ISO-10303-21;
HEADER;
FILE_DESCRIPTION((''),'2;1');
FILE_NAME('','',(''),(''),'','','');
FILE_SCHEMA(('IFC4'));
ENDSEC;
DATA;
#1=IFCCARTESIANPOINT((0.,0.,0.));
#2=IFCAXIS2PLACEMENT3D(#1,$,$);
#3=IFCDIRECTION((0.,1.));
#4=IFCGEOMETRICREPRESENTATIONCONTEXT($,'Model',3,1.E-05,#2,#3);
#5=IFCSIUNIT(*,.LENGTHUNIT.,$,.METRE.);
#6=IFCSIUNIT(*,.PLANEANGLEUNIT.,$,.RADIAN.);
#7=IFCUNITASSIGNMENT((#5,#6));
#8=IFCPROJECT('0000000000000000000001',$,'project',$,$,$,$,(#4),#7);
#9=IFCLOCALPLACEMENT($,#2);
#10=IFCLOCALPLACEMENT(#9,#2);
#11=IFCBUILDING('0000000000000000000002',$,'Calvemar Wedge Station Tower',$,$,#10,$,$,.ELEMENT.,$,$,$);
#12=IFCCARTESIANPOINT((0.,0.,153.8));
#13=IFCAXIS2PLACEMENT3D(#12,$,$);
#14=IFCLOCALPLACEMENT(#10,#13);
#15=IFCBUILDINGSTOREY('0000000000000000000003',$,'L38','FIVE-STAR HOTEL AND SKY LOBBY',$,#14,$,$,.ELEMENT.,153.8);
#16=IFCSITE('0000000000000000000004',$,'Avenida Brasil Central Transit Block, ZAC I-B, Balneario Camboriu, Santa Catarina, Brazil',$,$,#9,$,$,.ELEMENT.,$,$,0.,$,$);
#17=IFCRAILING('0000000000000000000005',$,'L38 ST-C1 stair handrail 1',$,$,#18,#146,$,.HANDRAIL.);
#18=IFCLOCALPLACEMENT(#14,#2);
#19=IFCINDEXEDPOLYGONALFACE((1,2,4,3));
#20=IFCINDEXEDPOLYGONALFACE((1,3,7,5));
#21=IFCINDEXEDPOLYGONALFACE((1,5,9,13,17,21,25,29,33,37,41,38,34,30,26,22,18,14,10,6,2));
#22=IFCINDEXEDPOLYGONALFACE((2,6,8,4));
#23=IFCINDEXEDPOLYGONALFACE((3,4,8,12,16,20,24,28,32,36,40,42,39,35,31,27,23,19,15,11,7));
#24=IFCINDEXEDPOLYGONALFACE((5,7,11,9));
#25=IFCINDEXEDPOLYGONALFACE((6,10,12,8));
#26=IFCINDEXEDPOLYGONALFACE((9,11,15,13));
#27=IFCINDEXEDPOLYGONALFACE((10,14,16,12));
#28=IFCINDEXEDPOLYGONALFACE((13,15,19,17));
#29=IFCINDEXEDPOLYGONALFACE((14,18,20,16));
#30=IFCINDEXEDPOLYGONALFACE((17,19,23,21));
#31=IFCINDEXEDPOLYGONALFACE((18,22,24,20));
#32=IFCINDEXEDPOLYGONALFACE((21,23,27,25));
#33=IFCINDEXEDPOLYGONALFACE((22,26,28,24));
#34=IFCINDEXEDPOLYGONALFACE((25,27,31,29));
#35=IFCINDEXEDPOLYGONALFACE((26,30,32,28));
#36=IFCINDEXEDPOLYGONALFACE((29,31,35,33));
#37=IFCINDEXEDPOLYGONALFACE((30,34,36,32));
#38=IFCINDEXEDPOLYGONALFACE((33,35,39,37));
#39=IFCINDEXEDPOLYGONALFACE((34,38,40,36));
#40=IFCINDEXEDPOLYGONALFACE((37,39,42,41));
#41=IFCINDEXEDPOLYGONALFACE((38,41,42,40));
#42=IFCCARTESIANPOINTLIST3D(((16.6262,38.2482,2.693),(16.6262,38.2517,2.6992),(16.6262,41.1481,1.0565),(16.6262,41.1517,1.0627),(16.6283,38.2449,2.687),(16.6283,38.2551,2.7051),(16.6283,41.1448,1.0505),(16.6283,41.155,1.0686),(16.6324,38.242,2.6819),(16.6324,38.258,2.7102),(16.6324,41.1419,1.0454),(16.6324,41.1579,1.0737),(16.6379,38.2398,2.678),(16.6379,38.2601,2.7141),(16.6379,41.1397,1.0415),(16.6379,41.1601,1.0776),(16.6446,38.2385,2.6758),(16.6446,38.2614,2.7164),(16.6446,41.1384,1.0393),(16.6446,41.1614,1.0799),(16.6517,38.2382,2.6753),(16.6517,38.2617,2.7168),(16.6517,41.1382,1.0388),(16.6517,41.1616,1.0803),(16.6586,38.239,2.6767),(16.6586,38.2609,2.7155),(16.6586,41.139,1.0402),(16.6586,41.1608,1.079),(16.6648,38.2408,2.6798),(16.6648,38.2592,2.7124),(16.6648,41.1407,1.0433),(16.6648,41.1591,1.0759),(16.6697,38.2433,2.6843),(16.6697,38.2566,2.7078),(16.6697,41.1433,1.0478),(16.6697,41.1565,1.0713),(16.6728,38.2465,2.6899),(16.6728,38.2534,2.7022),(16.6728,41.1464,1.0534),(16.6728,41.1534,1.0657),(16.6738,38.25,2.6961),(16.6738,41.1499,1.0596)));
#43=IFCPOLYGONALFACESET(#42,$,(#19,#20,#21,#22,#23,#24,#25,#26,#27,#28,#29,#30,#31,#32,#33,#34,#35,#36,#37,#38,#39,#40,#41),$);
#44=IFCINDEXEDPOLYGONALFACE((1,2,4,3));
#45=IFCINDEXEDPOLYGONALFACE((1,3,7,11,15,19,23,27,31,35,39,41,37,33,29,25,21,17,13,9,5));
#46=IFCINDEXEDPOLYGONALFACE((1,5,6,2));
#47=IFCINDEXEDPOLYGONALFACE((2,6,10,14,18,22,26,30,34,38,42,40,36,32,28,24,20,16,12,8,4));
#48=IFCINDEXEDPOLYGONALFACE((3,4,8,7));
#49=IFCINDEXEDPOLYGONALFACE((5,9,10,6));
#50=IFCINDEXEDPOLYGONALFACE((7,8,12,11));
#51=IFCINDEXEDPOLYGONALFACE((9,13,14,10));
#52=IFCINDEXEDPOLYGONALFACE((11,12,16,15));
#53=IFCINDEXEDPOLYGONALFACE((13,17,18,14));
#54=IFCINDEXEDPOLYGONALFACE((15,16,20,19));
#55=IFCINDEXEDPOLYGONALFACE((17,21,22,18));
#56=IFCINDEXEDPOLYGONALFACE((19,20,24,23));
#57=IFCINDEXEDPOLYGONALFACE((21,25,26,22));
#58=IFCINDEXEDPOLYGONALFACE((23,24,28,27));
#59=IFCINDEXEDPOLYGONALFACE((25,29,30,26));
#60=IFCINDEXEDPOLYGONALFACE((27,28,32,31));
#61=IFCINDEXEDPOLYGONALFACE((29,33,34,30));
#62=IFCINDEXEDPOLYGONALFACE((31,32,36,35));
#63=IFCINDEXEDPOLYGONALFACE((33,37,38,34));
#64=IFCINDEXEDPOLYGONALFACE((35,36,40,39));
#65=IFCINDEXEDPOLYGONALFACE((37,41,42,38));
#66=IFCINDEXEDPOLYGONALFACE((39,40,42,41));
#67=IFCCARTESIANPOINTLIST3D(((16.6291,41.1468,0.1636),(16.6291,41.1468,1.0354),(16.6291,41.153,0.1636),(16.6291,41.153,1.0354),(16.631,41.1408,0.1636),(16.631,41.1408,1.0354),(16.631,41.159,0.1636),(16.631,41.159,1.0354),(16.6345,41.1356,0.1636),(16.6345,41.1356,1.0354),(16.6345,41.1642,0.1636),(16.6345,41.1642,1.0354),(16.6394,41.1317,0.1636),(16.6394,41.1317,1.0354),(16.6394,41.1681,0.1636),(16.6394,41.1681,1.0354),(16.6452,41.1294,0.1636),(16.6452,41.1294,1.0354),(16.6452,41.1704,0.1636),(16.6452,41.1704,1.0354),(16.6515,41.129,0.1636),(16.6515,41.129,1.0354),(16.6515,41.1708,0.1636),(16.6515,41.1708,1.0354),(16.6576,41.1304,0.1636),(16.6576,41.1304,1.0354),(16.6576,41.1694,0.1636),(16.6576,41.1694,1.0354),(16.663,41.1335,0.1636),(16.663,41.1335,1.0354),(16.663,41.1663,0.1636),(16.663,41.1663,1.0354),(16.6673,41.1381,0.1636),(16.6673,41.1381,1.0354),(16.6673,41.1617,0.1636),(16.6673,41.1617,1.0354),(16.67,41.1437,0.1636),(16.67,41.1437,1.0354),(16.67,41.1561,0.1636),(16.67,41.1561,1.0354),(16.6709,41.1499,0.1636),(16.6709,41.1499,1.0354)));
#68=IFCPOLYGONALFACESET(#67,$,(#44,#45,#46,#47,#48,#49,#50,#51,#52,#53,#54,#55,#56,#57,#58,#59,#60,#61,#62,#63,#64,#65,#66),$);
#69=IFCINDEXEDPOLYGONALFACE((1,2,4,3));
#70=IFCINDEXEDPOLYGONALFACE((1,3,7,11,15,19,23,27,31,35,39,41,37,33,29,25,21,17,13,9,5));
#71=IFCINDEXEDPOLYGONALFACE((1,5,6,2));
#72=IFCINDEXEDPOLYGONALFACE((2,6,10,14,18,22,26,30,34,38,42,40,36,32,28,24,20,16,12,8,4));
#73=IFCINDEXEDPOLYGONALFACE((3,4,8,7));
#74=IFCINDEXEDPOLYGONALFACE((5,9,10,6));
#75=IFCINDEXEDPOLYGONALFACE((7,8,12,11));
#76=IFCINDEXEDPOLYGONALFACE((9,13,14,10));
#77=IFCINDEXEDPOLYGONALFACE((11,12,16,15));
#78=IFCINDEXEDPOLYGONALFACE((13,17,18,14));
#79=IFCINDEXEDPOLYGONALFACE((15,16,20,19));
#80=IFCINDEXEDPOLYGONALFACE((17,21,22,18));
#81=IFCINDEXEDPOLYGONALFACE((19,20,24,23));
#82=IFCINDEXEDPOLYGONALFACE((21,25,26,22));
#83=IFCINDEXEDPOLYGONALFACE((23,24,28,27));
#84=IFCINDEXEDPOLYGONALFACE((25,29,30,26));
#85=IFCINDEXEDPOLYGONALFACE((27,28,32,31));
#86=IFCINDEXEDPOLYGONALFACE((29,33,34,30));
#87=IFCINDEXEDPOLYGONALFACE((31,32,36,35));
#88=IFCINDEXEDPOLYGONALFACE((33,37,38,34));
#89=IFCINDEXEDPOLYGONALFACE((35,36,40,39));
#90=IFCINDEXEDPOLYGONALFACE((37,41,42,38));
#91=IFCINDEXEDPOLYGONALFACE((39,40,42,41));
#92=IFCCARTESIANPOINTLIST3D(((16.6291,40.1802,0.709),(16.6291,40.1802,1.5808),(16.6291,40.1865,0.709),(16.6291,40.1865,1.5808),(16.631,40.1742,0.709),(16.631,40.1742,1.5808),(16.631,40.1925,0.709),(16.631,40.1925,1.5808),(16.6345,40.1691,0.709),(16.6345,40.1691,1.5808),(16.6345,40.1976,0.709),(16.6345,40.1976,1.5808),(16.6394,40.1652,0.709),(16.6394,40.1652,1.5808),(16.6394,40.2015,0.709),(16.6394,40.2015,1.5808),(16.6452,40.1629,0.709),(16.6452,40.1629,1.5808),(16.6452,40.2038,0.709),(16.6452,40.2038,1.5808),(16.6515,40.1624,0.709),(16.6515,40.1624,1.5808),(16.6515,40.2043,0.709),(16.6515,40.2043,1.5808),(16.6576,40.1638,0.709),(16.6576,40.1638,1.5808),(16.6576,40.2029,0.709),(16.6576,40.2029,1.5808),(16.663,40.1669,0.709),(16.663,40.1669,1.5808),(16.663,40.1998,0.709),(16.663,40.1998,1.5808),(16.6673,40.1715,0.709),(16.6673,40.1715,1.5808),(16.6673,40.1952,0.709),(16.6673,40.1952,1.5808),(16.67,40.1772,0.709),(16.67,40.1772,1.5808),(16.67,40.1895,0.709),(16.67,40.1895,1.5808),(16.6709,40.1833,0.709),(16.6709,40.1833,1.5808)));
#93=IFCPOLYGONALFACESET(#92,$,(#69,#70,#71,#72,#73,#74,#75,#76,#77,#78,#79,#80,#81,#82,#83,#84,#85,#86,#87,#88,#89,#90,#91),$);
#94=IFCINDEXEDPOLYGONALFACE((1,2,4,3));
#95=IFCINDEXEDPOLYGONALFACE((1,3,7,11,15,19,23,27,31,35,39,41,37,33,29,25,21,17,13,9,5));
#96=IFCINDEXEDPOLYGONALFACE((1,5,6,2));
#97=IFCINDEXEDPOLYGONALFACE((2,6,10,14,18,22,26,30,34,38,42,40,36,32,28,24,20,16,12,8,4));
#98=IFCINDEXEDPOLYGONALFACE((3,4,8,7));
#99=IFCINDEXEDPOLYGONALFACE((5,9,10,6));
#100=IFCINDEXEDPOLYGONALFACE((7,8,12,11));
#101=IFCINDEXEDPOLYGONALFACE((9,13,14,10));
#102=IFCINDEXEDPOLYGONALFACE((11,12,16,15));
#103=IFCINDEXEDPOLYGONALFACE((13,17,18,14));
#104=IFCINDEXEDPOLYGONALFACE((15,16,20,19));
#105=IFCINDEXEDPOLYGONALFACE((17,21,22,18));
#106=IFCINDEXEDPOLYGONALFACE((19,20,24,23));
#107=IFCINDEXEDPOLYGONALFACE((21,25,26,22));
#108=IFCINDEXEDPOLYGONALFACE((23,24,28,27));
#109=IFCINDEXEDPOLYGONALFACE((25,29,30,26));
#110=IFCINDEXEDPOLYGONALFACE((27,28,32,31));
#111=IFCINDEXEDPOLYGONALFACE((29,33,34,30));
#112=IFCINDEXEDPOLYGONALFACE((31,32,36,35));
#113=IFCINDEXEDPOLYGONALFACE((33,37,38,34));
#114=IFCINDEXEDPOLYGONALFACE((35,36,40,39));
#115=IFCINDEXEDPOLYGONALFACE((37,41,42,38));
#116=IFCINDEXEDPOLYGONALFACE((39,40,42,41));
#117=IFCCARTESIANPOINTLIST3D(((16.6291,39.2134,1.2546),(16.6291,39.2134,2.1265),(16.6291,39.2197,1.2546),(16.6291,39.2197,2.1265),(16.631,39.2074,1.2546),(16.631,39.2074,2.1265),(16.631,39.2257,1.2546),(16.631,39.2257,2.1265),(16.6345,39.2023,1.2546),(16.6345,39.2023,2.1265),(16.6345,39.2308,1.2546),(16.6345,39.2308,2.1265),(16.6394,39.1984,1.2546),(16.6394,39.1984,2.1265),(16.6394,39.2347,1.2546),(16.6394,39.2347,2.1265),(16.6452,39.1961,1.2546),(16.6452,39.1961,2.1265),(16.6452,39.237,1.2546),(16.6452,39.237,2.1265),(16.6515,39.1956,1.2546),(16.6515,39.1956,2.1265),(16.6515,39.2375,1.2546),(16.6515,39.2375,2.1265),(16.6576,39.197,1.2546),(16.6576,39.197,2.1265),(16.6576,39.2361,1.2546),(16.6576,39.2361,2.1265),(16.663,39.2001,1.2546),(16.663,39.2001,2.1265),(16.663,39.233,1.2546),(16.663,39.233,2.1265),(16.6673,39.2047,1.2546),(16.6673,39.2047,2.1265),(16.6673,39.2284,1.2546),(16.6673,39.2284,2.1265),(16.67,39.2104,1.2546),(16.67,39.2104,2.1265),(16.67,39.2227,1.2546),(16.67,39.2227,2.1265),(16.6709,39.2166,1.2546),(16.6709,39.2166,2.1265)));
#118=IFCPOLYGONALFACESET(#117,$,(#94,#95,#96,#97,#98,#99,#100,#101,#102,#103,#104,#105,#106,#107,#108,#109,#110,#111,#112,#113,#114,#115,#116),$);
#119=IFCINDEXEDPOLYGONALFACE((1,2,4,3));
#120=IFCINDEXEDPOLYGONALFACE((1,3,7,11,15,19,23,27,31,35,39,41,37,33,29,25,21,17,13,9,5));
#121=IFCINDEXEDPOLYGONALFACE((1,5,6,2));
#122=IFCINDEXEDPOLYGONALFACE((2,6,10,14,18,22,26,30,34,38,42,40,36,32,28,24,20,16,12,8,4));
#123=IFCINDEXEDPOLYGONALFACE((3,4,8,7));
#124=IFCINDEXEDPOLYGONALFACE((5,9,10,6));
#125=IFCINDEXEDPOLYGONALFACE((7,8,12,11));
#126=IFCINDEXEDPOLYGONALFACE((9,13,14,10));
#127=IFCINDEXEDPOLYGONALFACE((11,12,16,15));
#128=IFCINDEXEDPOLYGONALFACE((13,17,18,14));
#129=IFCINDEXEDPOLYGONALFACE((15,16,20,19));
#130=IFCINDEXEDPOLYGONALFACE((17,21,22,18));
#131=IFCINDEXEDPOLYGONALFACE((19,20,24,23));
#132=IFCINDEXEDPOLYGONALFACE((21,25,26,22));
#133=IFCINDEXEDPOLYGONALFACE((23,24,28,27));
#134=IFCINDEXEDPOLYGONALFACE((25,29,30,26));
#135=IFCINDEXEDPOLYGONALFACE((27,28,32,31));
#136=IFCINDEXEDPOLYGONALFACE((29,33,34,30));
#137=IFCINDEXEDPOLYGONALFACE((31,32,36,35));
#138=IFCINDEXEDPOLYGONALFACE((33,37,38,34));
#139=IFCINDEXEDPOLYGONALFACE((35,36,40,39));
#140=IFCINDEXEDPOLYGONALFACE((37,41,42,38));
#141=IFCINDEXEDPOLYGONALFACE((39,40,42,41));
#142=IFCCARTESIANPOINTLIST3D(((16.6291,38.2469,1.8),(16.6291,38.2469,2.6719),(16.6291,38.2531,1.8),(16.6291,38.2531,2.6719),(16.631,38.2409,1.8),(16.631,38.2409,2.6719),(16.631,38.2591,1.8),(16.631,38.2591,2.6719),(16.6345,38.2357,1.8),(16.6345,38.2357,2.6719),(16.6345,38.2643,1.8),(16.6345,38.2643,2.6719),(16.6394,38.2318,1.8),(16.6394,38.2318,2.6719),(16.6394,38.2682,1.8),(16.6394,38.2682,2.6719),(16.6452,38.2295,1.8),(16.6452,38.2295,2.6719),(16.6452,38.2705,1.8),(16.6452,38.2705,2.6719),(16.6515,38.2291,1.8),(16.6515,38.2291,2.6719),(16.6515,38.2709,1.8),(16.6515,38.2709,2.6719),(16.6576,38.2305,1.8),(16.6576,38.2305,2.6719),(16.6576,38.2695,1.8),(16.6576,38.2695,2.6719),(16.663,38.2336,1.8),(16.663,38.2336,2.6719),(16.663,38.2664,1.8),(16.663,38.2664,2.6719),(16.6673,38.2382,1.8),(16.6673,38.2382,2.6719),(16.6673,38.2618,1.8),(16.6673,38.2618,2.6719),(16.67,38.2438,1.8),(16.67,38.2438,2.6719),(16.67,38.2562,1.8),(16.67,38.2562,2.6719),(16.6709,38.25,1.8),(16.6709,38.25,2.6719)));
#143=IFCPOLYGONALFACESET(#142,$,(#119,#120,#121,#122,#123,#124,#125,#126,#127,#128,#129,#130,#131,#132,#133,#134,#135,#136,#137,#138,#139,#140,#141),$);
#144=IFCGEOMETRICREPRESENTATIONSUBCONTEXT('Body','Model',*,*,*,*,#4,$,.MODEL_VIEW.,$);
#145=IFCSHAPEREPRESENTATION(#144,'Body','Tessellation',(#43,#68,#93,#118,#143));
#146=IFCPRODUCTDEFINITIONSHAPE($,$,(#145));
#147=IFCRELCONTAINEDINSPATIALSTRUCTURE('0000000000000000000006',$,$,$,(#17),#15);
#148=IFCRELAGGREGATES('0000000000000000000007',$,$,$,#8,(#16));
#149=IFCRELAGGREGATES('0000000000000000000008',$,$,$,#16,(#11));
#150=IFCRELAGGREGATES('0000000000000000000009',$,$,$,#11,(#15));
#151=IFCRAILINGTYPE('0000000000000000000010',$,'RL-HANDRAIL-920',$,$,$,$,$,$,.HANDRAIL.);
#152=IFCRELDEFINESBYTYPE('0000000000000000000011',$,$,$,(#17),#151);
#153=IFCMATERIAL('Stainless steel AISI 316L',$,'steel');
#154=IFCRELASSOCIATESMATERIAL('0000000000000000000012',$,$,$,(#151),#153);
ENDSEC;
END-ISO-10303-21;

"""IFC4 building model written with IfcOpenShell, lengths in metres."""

from ifc_helpers import new_model, si_unit, direction, frame, origin, origin_2d, place, context, subcontext, project, spatial, circle, extrude, material, type_object, element, save


model = new_model("IFC4")

# Units and contexts
model_context = context("Model", 3, precision=1e-05, world=origin(), true_north=direction((0.0, 1.0)))
body_context = subcontext(model_context, "Body", "Model", "MODEL_VIEW")
ifc_project = project(units=[si_unit("LENGTHUNIT", "METRE"), si_unit("PLANEANGLEUNIT", "RADIAN")], contexts=[model_context])

# Site, building, storey
site_placement = place(None, origin())
site = spatial("IfcSite", under=ifc_project, at=site_placement, Name="Avenida Brasil Central Transit Block, ZAC I-B, Balneario Camboriu, Santa Catarina, Brazil", CompositionType="ELEMENT", RefElevation=0.0)
building_placement = place(site_placement, origin())
building = spatial("IfcBuilding", under=site, at=building_placement, Name="Calvemar Wedge Station Tower", CompositionType="ELEMENT")
storey_placement = place(building_placement, frame((0.0, 0.0, 153.8)))
storey = spatial("IfcBuildingStorey", under=building, at=storey_placement, Name="L38", Description="FIVE-STAR HOTEL AND SKY LOBBY", CompositionType="ELEMENT", Elevation=153.8)

# Railing
ifc_material_1 = material(Name="Stainless steel AISI 316L", Category="steel")
railing_type_1 = type_object("IfcRailingType", Name="RL-HANDRAIL-920", PredefinedType="HANDRAIL", material=ifc_material_1)
railing_1_placement = place(storey_placement, frame((16.6499, 41.1499, 0.1636)))
element("IfcRailing", 1, at=railing_1_placement, inside=storey, type_object=railing_type_1, Name="L38 ST-C1 stair handrail 1", PredefinedType="HANDRAIL", context=body_context, shape_type="SweptSolid", body=[
    extrude(circle(Radius=0.0239, at=origin_2d()), frame((0.0, 0.0, 0.896), z_axis=(0.0, -0.870897, 0.491465), x_axis=(1.0, 0.0, 0.0)), (0.0, 0.0, 1.0), 3.3298),
    extrude(circle(Radius=0.021, at=origin_2d()), origin(), (0.0, 0.0, 1.0), 0.8718),
    extrude(circle(Radius=0.021, at=origin_2d()), frame((0.0, -0.9666, 0.5454)), (0.0, 0.0, 1.0), 0.8718),
    extrude(circle(Radius=0.021, at=origin_2d()), frame((0.0, -1.9333, 1.0911)), (0.0, 0.0, 1.0), 0.8718),
    extrude(circle(Radius=0.021, at=origin_2d()), frame((0.0, -2.8999, 1.6365)), (0.0, 0.0, 1.0), 0.8718),
])

save(model, "model.ifc")
